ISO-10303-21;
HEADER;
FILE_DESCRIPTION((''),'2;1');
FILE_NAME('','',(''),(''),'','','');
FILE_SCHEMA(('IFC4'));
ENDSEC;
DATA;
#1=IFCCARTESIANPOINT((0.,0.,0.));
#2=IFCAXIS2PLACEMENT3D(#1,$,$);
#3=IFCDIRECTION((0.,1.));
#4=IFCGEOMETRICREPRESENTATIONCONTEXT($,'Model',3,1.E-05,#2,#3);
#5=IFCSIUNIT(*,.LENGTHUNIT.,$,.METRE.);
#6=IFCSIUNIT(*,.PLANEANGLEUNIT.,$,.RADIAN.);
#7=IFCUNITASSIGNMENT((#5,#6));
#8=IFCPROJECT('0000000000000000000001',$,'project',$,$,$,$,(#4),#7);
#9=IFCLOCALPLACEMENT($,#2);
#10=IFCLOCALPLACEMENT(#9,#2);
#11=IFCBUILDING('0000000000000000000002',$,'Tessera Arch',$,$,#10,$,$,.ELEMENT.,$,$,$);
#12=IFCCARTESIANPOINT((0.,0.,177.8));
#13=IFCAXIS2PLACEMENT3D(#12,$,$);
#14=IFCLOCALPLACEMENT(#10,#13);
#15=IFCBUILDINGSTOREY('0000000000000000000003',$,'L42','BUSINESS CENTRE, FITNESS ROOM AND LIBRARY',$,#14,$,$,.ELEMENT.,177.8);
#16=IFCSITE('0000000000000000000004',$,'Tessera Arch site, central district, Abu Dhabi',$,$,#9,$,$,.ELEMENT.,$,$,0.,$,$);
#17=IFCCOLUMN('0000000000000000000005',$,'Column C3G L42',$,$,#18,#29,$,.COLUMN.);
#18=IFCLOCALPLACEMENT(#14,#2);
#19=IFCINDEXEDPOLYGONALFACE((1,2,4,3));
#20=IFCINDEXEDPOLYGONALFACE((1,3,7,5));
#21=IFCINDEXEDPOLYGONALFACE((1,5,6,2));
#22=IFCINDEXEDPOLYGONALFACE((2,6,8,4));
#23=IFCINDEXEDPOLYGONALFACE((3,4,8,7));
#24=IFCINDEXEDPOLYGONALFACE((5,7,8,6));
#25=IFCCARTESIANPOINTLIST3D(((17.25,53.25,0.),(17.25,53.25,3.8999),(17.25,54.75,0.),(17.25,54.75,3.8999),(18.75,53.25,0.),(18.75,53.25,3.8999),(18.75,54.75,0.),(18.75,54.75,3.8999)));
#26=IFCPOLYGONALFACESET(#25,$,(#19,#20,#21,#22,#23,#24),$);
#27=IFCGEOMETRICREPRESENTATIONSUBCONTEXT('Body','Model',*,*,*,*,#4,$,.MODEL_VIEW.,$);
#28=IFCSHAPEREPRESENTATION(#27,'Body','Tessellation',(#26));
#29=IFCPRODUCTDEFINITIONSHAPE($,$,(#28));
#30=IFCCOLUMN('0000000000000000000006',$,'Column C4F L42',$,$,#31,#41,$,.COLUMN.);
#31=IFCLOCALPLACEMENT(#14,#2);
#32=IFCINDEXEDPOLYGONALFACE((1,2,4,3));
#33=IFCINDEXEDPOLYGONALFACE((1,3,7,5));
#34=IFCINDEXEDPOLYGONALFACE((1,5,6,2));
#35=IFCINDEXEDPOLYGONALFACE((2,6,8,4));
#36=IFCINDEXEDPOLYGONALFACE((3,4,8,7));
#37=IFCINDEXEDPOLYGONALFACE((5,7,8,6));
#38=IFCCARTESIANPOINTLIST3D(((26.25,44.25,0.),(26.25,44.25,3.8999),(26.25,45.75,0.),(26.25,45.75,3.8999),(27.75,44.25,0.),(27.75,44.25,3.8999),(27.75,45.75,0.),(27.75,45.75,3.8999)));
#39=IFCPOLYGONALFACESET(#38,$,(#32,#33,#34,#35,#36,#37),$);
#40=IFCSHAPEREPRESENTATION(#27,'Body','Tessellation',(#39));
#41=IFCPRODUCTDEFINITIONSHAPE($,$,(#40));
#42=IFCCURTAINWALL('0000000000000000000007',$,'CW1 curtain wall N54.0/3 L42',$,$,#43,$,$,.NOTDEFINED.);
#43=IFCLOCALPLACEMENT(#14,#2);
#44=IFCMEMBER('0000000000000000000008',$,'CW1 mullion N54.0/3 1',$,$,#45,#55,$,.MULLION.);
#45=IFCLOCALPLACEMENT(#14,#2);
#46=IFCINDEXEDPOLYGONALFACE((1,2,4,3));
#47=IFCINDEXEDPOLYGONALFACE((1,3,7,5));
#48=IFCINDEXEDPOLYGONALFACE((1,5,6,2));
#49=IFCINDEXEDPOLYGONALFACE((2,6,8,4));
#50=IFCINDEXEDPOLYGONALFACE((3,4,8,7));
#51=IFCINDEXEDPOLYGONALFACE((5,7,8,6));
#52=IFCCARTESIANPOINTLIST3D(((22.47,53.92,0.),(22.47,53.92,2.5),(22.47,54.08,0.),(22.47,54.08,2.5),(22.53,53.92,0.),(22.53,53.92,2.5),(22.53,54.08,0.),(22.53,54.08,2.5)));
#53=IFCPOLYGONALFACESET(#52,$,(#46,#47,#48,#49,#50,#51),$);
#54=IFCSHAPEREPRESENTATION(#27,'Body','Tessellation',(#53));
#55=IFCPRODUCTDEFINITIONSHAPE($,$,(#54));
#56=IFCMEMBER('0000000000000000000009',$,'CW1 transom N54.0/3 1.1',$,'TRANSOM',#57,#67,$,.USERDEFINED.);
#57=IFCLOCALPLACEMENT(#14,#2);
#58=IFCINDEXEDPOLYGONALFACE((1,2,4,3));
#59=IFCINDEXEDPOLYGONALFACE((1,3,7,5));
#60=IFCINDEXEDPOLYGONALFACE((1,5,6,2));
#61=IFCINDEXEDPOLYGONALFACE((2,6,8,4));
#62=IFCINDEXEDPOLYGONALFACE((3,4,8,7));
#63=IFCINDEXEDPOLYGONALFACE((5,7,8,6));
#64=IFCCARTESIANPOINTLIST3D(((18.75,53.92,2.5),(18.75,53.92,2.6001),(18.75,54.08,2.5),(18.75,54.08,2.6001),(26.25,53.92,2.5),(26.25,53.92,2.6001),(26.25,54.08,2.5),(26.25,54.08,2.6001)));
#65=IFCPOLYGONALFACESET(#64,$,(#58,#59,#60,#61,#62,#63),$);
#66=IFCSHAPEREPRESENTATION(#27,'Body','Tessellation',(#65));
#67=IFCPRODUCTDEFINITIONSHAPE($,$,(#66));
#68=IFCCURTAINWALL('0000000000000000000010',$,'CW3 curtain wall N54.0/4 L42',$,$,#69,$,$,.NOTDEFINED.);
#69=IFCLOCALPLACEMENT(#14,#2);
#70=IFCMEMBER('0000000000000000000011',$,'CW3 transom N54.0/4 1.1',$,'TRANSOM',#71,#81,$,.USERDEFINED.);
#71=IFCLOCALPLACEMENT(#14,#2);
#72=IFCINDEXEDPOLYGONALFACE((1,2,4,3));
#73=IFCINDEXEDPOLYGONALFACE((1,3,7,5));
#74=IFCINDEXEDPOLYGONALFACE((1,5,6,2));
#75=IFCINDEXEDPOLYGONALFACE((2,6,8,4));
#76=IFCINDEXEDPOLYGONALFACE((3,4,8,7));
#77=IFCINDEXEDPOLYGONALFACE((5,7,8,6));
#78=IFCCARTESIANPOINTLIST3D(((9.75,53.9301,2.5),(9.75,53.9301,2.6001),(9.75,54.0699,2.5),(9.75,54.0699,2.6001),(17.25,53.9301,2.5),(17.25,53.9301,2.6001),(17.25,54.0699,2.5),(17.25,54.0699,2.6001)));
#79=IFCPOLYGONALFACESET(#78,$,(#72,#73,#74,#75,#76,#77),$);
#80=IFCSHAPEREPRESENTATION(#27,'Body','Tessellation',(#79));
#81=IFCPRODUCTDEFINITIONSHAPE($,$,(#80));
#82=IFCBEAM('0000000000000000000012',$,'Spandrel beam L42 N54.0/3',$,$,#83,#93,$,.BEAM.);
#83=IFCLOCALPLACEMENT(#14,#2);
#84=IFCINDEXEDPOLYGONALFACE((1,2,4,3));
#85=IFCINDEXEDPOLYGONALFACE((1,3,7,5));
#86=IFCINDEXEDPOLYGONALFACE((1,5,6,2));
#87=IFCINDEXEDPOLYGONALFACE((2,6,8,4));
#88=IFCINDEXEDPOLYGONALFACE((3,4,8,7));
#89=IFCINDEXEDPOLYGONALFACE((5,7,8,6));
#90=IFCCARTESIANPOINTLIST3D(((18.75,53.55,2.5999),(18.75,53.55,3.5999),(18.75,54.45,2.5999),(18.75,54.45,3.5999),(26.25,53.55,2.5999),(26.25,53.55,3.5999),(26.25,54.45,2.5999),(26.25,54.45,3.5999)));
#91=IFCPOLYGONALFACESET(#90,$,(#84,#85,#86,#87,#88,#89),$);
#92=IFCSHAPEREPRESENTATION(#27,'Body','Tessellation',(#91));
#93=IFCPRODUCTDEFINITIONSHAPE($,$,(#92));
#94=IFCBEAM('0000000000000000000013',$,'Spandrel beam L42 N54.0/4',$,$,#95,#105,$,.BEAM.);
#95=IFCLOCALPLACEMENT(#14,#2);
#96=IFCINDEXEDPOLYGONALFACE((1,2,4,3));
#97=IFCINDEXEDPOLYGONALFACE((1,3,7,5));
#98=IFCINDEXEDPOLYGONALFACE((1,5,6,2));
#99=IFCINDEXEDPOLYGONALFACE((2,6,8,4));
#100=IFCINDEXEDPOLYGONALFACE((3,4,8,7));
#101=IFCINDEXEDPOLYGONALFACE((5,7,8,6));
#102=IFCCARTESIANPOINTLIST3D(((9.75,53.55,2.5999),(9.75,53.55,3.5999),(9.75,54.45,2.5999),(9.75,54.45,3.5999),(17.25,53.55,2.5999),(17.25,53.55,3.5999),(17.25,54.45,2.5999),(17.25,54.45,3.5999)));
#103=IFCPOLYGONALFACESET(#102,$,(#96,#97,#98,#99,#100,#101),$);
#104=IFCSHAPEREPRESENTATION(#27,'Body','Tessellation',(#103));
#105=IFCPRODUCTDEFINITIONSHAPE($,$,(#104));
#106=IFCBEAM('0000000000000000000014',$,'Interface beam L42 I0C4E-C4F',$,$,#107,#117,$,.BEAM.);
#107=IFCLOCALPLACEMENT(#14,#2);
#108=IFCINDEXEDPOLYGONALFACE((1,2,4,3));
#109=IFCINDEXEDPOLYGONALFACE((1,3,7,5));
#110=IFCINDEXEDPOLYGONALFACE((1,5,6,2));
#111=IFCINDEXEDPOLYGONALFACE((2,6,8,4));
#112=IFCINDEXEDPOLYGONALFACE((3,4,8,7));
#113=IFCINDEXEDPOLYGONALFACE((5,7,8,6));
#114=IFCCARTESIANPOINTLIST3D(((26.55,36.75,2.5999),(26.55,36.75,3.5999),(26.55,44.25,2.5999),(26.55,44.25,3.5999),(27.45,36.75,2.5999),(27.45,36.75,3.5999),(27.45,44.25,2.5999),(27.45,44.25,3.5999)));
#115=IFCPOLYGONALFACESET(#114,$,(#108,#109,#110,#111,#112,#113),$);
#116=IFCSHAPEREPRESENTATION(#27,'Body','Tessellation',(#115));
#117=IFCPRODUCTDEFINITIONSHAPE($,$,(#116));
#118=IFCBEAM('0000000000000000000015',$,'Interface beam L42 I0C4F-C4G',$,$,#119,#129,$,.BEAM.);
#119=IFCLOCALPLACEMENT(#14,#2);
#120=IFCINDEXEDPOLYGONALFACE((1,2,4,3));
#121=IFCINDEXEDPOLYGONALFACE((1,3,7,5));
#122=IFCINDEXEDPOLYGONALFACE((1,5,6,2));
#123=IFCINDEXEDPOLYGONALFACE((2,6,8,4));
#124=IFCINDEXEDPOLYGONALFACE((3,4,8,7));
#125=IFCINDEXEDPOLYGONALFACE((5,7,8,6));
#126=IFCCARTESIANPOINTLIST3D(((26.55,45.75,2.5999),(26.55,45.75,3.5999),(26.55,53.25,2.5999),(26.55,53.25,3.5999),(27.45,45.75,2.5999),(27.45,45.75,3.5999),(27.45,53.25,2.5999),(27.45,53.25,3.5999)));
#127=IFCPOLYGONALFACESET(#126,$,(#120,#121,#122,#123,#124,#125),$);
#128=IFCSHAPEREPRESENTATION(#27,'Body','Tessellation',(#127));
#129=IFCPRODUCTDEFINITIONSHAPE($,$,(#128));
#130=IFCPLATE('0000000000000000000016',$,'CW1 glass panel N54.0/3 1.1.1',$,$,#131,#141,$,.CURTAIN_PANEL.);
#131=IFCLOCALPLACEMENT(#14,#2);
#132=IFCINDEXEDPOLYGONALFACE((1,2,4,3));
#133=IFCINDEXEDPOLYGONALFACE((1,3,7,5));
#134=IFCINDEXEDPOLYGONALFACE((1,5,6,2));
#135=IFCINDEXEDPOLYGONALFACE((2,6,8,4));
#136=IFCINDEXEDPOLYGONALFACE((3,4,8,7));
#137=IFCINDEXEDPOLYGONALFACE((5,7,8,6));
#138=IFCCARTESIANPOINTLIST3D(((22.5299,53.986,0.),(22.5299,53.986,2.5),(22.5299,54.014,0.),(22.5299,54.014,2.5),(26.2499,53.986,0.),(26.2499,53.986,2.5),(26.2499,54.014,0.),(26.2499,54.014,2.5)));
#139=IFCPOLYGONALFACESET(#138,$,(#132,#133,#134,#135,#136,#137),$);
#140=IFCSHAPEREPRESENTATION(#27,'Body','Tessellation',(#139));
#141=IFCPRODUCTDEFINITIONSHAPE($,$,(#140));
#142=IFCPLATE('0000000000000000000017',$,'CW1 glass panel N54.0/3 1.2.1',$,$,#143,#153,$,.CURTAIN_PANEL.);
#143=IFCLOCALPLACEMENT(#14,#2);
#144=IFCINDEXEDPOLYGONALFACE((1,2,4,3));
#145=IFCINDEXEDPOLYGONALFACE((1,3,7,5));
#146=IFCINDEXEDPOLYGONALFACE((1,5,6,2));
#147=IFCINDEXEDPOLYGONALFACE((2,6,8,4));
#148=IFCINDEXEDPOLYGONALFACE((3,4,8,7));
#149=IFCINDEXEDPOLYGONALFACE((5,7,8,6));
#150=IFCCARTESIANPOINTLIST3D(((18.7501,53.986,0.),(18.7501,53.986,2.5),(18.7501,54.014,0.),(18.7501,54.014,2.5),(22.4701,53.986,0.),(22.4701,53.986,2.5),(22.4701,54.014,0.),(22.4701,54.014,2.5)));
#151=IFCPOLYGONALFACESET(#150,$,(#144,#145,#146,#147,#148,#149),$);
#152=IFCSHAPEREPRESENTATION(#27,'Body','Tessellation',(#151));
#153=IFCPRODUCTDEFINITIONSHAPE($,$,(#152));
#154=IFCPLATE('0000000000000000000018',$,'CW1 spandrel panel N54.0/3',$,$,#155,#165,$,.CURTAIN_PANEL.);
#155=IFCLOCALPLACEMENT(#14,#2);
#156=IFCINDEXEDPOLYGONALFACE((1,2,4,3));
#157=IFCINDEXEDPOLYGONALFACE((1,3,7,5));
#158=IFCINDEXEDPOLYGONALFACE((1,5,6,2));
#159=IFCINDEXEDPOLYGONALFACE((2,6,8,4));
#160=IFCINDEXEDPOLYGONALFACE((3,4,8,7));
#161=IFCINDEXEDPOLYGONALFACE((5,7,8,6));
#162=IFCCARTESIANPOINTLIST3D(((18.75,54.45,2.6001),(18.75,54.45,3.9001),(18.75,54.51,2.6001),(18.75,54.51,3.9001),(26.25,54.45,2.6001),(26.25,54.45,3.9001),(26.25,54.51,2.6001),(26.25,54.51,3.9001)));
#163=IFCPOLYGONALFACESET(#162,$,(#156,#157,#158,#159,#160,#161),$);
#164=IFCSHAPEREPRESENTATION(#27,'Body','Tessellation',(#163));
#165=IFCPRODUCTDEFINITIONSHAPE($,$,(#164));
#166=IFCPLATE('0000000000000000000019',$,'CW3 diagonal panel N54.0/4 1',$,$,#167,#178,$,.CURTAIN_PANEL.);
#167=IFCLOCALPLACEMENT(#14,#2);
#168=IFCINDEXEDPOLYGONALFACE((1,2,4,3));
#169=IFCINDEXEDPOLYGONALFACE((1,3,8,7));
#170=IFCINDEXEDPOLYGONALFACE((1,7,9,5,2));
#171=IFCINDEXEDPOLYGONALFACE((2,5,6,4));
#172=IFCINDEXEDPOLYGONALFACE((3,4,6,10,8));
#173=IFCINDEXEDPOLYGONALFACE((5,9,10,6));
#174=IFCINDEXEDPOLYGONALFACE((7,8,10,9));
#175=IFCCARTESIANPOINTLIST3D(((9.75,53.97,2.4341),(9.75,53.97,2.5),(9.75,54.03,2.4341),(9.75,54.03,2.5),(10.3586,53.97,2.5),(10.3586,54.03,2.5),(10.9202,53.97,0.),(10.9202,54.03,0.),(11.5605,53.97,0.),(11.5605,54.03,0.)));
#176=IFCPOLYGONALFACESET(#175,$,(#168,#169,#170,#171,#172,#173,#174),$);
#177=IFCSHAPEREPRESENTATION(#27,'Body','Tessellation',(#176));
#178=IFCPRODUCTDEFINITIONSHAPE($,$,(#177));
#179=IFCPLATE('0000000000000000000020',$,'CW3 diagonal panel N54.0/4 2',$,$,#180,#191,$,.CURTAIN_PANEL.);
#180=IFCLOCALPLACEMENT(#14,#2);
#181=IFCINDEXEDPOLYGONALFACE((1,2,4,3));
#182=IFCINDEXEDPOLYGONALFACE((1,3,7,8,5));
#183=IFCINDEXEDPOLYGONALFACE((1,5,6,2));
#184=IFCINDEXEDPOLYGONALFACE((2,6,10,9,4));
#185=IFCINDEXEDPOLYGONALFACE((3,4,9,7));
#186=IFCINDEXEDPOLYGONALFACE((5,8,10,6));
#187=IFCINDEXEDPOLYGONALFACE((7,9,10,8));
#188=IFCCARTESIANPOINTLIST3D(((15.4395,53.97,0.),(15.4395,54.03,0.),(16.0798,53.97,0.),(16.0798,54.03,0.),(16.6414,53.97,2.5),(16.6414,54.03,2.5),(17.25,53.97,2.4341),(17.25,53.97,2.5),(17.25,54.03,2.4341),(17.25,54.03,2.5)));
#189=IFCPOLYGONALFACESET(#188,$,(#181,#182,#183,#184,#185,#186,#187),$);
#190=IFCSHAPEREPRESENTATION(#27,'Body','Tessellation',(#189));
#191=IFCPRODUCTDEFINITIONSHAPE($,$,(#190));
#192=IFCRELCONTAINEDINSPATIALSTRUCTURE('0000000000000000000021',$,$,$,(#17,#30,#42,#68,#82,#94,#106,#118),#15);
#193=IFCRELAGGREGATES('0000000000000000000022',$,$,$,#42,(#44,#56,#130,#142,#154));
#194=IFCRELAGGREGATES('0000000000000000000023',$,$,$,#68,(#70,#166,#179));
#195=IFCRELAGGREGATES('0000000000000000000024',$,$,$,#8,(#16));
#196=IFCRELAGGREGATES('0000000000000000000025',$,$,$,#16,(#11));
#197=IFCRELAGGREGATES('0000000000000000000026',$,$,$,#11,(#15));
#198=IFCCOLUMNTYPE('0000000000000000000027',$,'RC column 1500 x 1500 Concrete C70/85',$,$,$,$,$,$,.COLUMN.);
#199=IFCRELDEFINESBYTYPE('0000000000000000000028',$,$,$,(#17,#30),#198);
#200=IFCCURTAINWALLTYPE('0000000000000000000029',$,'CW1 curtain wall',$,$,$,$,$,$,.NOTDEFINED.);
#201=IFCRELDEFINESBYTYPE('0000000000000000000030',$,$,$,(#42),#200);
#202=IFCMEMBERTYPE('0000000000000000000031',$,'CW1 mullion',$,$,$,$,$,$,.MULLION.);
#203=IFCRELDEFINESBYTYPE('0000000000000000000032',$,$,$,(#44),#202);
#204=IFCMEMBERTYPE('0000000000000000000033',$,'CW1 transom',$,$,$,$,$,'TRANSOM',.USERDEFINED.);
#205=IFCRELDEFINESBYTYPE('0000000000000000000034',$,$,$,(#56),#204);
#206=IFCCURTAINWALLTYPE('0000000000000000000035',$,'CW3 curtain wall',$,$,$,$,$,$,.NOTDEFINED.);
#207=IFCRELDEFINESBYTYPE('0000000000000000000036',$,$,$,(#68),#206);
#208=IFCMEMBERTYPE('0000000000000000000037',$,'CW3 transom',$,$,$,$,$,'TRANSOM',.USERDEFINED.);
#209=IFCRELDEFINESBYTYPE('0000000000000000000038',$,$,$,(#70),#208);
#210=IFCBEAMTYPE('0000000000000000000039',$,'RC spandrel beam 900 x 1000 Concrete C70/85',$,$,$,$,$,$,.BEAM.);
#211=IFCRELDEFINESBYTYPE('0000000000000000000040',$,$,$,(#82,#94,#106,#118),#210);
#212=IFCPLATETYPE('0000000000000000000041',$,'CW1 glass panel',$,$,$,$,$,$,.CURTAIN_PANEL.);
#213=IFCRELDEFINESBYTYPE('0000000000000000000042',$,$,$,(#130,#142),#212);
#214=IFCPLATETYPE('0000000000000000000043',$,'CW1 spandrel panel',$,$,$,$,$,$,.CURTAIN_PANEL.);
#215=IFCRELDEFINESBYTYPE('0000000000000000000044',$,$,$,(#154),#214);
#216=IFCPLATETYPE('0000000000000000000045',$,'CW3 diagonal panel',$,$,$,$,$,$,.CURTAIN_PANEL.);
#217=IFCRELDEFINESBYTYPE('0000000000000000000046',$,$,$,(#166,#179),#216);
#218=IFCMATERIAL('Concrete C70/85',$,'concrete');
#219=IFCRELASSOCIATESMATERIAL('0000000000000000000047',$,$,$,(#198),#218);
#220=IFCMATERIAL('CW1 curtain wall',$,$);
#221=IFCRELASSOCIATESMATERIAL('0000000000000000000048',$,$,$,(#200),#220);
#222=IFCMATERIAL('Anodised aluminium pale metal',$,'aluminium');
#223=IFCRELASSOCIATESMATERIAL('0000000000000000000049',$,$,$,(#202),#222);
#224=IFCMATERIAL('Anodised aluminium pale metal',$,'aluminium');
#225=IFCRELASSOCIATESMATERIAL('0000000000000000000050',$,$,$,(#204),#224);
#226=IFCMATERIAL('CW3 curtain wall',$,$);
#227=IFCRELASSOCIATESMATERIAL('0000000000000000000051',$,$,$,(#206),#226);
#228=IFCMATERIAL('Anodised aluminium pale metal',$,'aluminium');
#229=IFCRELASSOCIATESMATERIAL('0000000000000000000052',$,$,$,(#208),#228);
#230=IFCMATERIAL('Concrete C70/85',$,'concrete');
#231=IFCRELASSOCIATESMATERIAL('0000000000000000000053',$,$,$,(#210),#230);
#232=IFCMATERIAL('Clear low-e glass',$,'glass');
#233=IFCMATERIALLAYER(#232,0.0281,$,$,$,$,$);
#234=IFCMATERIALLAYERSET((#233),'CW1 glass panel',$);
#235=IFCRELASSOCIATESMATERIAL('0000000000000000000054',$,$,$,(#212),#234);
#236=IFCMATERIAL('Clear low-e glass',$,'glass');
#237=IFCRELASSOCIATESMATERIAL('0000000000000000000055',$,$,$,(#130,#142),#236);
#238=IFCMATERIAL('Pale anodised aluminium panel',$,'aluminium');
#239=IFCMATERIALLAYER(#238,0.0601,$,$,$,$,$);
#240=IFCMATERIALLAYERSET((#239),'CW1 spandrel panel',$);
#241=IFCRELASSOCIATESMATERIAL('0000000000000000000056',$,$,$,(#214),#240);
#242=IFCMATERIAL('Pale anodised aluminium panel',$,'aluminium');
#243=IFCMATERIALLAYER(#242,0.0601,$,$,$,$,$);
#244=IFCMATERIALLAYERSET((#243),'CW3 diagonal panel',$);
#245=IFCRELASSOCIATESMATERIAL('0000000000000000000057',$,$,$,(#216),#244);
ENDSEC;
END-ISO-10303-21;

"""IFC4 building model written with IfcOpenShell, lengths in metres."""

from ifc_helpers import new_model, si_unit, direction, frame, origin, origin_2d, place, context, subcontext, project, spatial, polyline, rectangle, outline, extrude, material, layer, layer_set, material_profile, profile_set, type_object, element, aggregate, save


model = new_model("IFC4")

# Units and contexts
model_context = context("Model", 3, precision=1e-05, world=origin(), true_north=direction((0.0, 1.0)))
body_context = subcontext(model_context, "Body", "Model", "MODEL_VIEW")
ifc_project = project(units=[si_unit("LENGTHUNIT", "METRE"), si_unit("PLANEANGLEUNIT", "RADIAN")], contexts=[model_context])

# Site, building, storey
site_placement = place(None, origin())
site = spatial("IfcSite", under=ifc_project, at=site_placement, Name="Tessera Arch site, central district, Abu Dhabi", CompositionType="ELEMENT", RefElevation=0.0)
building_placement = place(site_placement, origin())
building = spatial("IfcBuilding", under=site, at=building_placement, Name="Tessera Arch", CompositionType="ELEMENT")
storey_placement = place(building_placement, frame((0.0, 0.0, 177.8)))
storey = spatial("IfcBuildingStorey", under=building, at=storey_placement, Name="L42", Description="BUSINESS CENTRE, FITNESS ROOM AND LIBRARY", CompositionType="ELEMENT", Elevation=177.8)

# Columns
ifc_material_1 = material(Name="Concrete C70/85", Category="concrete")
ifc_material_profile_1 = material_profile(ifc_material_1, rectangle(XDim=1.5, YDim=1.5, at=origin_2d()), Name="RC column 1500 x 1500 Concrete C70/85")
ifc_profile_set_1 = profile_set([ifc_material_profile_1], Name="Concrete C70/85")
column_type = type_object("IfcColumnType", Name="RC column 1500 x 1500 Concrete C70/85", PredefinedType="COLUMN", material=ifc_profile_set_1)
for number, where, z_axis, x_axis, name in (
    (1, (18.0, 54.0, 0.0), (0.0, 0.0, 1.0), (1.0, 0.0, 0.0), "Column C3G L42"),
    (2, (27.0, 45.0, 0.0), (0.0, 0.0, 1.0), (1.0, 0.0, 0.0), "Column C4F L42"),
):
    element("IfcColumn", number, at=place(storey_placement, frame(where, z_axis=z_axis, x_axis=x_axis)), inside=storey, type_object=column_type, Name=name, PredefinedType="COLUMN", context=body_context, shape_type="SweptSolid", body=[
        extrude(rectangle(XDim=1.5, YDim=1.5, at=origin_2d()), origin(), (0.0, 0.0, 1.0), 3.8999),
    ])

# Curtain wall, members
ifc_material_2 = material(Name="CW1 curtain wall")
curtain_wall_type_1 = type_object("IfcCurtainWallType", Name="CW1 curtain wall", PredefinedType="NOTDEFINED", material=ifc_material_2)
curtain_wall_1_placement = place(storey_placement, origin())
curtain_wall_1 = element("IfcCurtainWall", 3, at=curtain_wall_1_placement, inside=storey, type_object=curtain_wall_type_1, Name="CW1 curtain wall N54.0/3 L42", PredefinedType="NOTDEFINED")
ifc_material_3 = material(Name="Anodised aluminium pale metal", Category="aluminium")
ifc_material_profile_2 = material_profile(ifc_material_3, rectangle(XDim=0.1599, YDim=0.0601, at=origin_2d()), Name="AL 60x160")
ifc_profile_set_2 = profile_set([ifc_material_profile_2], Name="Anodised aluminium pale metal")
member_type_1 = type_object("IfcMemberType", Name="CW1 mullion", PredefinedType="MULLION", material=ifc_profile_set_2)
member_1_placement = place(storey_placement, frame((22.5, 54.0, 0.0), z_axis=(0.0, 0.0, 1.0), x_axis=(0.0, -1.0, 0.0)))
member_1 = element("IfcMember", 4, at=member_1_placement, type_object=member_type_1, Name="CW1 mullion N54.0/3 1", PredefinedType="MULLION", context=body_context, shape_type="SweptSolid", body=[
    extrude(rectangle(XDim=0.1599, YDim=0.0601, at=origin_2d()), origin(), (0.0, 0.0, 1.0), 2.5),
])
ifc_material_4 = material(Name="Anodised aluminium pale metal", Category="aluminium")
ifc_material_profile_3 = material_profile(ifc_material_4, rectangle(XDim=0.1599, YDim=0.1001, at=origin_2d()), Name="AL 160x100")
ifc_profile_set_3 = profile_set([ifc_material_profile_3], Name="Anodised aluminium pale metal")
member_type_2 = type_object("IfcMemberType", Name="CW1 transom", ElementType="TRANSOM", PredefinedType="USERDEFINED", material=ifc_profile_set_3)
member_2_placement = place(storey_placement, frame((26.25, 54.0, 2.55), z_axis=(-1.0, 0.0, 0.0), x_axis=(0.0, -1.0, 0.0)))
member_2 = element("IfcMember", 5, at=member_2_placement, type_object=member_type_2, Name="CW1 transom N54.0/3 1.1", ObjectType="TRANSOM", PredefinedType="USERDEFINED", context=body_context, shape_type="SweptSolid", body=[
    extrude(rectangle(XDim=0.1599, YDim=0.1001, at=origin_2d()), origin(), (0.0, 0.0, 1.0), 7.5),
])

# Curtain wall, member
ifc_material_5 = material(Name="CW3 curtain wall")
curtain_wall_type_2 = type_object("IfcCurtainWallType", Name="CW3 curtain wall", PredefinedType="NOTDEFINED", material=ifc_material_5)
curtain_wall_2_placement = place(storey_placement, origin())
curtain_wall_2 = element("IfcCurtainWall", 6, at=curtain_wall_2_placement, inside=storey, type_object=curtain_wall_type_2, Name="CW3 curtain wall N54.0/4 L42", PredefinedType="NOTDEFINED")
ifc_material_6 = material(Name="Anodised aluminium pale metal", Category="aluminium")
ifc_material_profile_4 = material_profile(ifc_material_6, rectangle(XDim=0.1399, YDim=0.1001, at=origin_2d()), Name="AL 140x100")
ifc_profile_set_4 = profile_set([ifc_material_profile_4], Name="Anodised aluminium pale metal")
member_type_3 = type_object("IfcMemberType", Name="CW3 transom", ElementType="TRANSOM", PredefinedType="USERDEFINED", material=ifc_profile_set_4)
member_3_placement = place(storey_placement, frame((17.25, 54.0, 2.55), z_axis=(-1.0, 0.0, 0.0), x_axis=(0.0, -1.0, 0.0)))
member_3 = element("IfcMember", 7, at=member_3_placement, type_object=member_type_3, Name="CW3 transom N54.0/4 1.1", ObjectType="TRANSOM", PredefinedType="USERDEFINED", context=body_context, shape_type="SweptSolid", body=[
    extrude(rectangle(XDim=0.1399, YDim=0.1001, at=origin_2d()), origin(), (0.0, 0.0, 1.0), 7.5),
])

# Beams
ifc_material_7 = material(Name="Concrete C70/85", Category="concrete")
ifc_material_profile_5 = material_profile(ifc_material_7, rectangle(XDim=0.8999, YDim=1.0, at=origin_2d()), Name="RC spandrel beam 900 x 1000 Concrete C70/85")
ifc_profile_set_5 = profile_set([ifc_material_profile_5], Name="Concrete C70/85")
beam_type = type_object("IfcBeamType", Name="RC spandrel beam 900 x 1000 Concrete C70/85", PredefinedType="BEAM", material=ifc_profile_set_5)
for number, where, z_axis, x_axis, name in (
    (8, (26.25, 54.0, 3.0999), (-1.0, 0.0, 0.0), (0.0, -1.0, 0.0), "Spandrel beam L42 N54.0/3"),
    (9, (17.25, 54.0, 3.0999), (-1.0, 0.0, 0.0), (0.0, -1.0, 0.0), "Spandrel beam L42 N54.0/4"),
    (10, (27.0, 36.75, 3.0999), (0.0, 1.0, 0.0), (-1.0, 0.0, 0.0), "Interface beam L42 I0C4E-C4F"),
    (11, (27.0, 45.75, 3.0999), (0.0, 1.0, 0.0), (-1.0, 0.0, 0.0), "Interface beam L42 I0C4F-C4G"),
):
    element("IfcBeam", number, at=place(storey_placement, frame(where, z_axis=z_axis, x_axis=x_axis)), inside=storey, type_object=beam_type, Name=name, PredefinedType="BEAM", context=body_context, shape_type="SweptSolid", body=[
        extrude(rectangle(XDim=0.8999, YDim=1.0, at=origin_2d()), origin(), (0.0, 0.0, 1.0), 7.5),
    ])

# Plates
ifc_material_8 = material(Name="Clear low-e glass", Category="glass")
ifc_material_9 = material(Name="Clear low-e glass", Category="glass")
ifc_layer_1 = layer(ifc_material_9, 0.0281)
ifc_layer_set_1 = layer_set([ifc_layer_1], Name="CW1 glass panel")
plate_type_1 = type_object("IfcPlateType", Name="CW1 glass panel", PredefinedType="CURTAIN_PANEL", material=ifc_layer_set_1)
plate_1_placement = place(storey_placement, frame((24.3899, 54.0, 0.0), z_axis=(0.0, 0.0, 1.0), x_axis=(-1.0, 0.0, 0.0)))
plate_1 = element("IfcPlate", 12, at=plate_1_placement, type_object=plate_type_1, material=ifc_material_8, Name="CW1 glass panel N54.0/3 1.1.1", PredefinedType="CURTAIN_PANEL", context=body_context, shape_type="SweptSolid", body=[
    extrude(rectangle(XDim=3.72, YDim=0.0281, at=origin_2d()), origin(), (0.0, 0.0, 1.0), 2.5),
])
plate_2_placement = place(storey_placement, frame((20.6101, 54.0, 0.0), z_axis=(0.0, 0.0, 1.0), x_axis=(-1.0, 0.0, 0.0)))
plate_2 = element("IfcPlate", 13, at=plate_2_placement, type_object=plate_type_1, material=ifc_material_8, Name="CW1 glass panel N54.0/3 1.2.1", PredefinedType="CURTAIN_PANEL", context=body_context, shape_type="SweptSolid", body=[
    extrude(rectangle(XDim=3.72, YDim=0.0281, at=origin_2d()), origin(), (0.0, 0.0, 1.0), 2.5),
])
ifc_material_10 = material(Name="Pale anodised aluminium panel", Category="aluminium")
ifc_layer_2 = layer(ifc_material_10, 0.0601)
ifc_layer_set_2 = layer_set([ifc_layer_2], Name="CW1 spandrel panel")
plate_type_2 = type_object("IfcPlateType", Name="CW1 spandrel panel", PredefinedType="CURTAIN_PANEL", material=ifc_layer_set_2)
plate_3_placement = place(storey_placement, frame((22.5, 54.48, 2.6001), z_axis=(0.0, 0.0, 1.0), x_axis=(-1.0, 0.0, 0.0)))
plate_3 = element("IfcPlate", 14, at=plate_3_placement, type_object=plate_type_2, Name="CW1 spandrel panel N54.0/3", PredefinedType="CURTAIN_PANEL", context=body_context, shape_type="SweptSolid", body=[
    extrude(rectangle(XDim=7.5, YDim=0.0601, at=origin_2d()), origin(), (0.0, 0.0, 1.0), 1.3),
])
aggregate(curtain_wall_1, [member_1, member_2, plate_1, plate_2, plate_3])
ifc_material_11 = material(Name="Pale anodised aluminium panel", Category="aluminium")
ifc_layer_3 = layer(ifc_material_11, 0.0601)
ifc_layer_set_3 = layer_set([ifc_layer_3], Name="CW3 diagonal panel")
plate_type_3 = type_object("IfcPlateType", Name="CW3 diagonal panel", PredefinedType="CURTAIN_PANEL", material=ifc_layer_set_3)
plate_4_placement = place(storey_placement, frame((9.75, 54.03, 2.5), z_axis=(0.0, 1.0, 0.0), x_axis=(1.0, 0.0, 0.0)))
plate_4 = element("IfcPlate", 15, at=plate_4_placement, type_object=plate_type_3, Name="CW3 diagonal panel N54.0/4 1", PredefinedType="CURTAIN_PANEL", context=body_context, shape_type="SweptSolid", body=[
    extrude(outline(polyline([(0.0, 0.0), (0.6086, 0.0), (1.8105, 2.5), (1.1702, 2.5), (0.0, 0.0659), (0.0, 0.0)])), origin(), (0.0, 0.0, -1.0), 0.0601),
])
plate_5_placement = place(storey_placement, frame((17.25, 54.03, 2.5), z_axis=(0.0, 1.0, 0.0), x_axis=(0.0, 0.0, -1.0)))
plate_5 = element("IfcPlate", 16, at=plate_5_placement, type_object=plate_type_3, Name="CW3 diagonal panel N54.0/4 2", PredefinedType="CURTAIN_PANEL", context=body_context, shape_type="SweptSolid", body=[
    extrude(outline(polyline([(0.0, 0.0), (0.0659, 0.0), (2.5, 1.1702), (2.5, 1.8105), (0.0, 0.6086), (0.0, 0.0)])), origin(), (0.0, 0.0, -1.0), 0.0601),
])
aggregate(curtain_wall_2, [member_3, plate_4, plate_5])

save(model, "model.ifc")
